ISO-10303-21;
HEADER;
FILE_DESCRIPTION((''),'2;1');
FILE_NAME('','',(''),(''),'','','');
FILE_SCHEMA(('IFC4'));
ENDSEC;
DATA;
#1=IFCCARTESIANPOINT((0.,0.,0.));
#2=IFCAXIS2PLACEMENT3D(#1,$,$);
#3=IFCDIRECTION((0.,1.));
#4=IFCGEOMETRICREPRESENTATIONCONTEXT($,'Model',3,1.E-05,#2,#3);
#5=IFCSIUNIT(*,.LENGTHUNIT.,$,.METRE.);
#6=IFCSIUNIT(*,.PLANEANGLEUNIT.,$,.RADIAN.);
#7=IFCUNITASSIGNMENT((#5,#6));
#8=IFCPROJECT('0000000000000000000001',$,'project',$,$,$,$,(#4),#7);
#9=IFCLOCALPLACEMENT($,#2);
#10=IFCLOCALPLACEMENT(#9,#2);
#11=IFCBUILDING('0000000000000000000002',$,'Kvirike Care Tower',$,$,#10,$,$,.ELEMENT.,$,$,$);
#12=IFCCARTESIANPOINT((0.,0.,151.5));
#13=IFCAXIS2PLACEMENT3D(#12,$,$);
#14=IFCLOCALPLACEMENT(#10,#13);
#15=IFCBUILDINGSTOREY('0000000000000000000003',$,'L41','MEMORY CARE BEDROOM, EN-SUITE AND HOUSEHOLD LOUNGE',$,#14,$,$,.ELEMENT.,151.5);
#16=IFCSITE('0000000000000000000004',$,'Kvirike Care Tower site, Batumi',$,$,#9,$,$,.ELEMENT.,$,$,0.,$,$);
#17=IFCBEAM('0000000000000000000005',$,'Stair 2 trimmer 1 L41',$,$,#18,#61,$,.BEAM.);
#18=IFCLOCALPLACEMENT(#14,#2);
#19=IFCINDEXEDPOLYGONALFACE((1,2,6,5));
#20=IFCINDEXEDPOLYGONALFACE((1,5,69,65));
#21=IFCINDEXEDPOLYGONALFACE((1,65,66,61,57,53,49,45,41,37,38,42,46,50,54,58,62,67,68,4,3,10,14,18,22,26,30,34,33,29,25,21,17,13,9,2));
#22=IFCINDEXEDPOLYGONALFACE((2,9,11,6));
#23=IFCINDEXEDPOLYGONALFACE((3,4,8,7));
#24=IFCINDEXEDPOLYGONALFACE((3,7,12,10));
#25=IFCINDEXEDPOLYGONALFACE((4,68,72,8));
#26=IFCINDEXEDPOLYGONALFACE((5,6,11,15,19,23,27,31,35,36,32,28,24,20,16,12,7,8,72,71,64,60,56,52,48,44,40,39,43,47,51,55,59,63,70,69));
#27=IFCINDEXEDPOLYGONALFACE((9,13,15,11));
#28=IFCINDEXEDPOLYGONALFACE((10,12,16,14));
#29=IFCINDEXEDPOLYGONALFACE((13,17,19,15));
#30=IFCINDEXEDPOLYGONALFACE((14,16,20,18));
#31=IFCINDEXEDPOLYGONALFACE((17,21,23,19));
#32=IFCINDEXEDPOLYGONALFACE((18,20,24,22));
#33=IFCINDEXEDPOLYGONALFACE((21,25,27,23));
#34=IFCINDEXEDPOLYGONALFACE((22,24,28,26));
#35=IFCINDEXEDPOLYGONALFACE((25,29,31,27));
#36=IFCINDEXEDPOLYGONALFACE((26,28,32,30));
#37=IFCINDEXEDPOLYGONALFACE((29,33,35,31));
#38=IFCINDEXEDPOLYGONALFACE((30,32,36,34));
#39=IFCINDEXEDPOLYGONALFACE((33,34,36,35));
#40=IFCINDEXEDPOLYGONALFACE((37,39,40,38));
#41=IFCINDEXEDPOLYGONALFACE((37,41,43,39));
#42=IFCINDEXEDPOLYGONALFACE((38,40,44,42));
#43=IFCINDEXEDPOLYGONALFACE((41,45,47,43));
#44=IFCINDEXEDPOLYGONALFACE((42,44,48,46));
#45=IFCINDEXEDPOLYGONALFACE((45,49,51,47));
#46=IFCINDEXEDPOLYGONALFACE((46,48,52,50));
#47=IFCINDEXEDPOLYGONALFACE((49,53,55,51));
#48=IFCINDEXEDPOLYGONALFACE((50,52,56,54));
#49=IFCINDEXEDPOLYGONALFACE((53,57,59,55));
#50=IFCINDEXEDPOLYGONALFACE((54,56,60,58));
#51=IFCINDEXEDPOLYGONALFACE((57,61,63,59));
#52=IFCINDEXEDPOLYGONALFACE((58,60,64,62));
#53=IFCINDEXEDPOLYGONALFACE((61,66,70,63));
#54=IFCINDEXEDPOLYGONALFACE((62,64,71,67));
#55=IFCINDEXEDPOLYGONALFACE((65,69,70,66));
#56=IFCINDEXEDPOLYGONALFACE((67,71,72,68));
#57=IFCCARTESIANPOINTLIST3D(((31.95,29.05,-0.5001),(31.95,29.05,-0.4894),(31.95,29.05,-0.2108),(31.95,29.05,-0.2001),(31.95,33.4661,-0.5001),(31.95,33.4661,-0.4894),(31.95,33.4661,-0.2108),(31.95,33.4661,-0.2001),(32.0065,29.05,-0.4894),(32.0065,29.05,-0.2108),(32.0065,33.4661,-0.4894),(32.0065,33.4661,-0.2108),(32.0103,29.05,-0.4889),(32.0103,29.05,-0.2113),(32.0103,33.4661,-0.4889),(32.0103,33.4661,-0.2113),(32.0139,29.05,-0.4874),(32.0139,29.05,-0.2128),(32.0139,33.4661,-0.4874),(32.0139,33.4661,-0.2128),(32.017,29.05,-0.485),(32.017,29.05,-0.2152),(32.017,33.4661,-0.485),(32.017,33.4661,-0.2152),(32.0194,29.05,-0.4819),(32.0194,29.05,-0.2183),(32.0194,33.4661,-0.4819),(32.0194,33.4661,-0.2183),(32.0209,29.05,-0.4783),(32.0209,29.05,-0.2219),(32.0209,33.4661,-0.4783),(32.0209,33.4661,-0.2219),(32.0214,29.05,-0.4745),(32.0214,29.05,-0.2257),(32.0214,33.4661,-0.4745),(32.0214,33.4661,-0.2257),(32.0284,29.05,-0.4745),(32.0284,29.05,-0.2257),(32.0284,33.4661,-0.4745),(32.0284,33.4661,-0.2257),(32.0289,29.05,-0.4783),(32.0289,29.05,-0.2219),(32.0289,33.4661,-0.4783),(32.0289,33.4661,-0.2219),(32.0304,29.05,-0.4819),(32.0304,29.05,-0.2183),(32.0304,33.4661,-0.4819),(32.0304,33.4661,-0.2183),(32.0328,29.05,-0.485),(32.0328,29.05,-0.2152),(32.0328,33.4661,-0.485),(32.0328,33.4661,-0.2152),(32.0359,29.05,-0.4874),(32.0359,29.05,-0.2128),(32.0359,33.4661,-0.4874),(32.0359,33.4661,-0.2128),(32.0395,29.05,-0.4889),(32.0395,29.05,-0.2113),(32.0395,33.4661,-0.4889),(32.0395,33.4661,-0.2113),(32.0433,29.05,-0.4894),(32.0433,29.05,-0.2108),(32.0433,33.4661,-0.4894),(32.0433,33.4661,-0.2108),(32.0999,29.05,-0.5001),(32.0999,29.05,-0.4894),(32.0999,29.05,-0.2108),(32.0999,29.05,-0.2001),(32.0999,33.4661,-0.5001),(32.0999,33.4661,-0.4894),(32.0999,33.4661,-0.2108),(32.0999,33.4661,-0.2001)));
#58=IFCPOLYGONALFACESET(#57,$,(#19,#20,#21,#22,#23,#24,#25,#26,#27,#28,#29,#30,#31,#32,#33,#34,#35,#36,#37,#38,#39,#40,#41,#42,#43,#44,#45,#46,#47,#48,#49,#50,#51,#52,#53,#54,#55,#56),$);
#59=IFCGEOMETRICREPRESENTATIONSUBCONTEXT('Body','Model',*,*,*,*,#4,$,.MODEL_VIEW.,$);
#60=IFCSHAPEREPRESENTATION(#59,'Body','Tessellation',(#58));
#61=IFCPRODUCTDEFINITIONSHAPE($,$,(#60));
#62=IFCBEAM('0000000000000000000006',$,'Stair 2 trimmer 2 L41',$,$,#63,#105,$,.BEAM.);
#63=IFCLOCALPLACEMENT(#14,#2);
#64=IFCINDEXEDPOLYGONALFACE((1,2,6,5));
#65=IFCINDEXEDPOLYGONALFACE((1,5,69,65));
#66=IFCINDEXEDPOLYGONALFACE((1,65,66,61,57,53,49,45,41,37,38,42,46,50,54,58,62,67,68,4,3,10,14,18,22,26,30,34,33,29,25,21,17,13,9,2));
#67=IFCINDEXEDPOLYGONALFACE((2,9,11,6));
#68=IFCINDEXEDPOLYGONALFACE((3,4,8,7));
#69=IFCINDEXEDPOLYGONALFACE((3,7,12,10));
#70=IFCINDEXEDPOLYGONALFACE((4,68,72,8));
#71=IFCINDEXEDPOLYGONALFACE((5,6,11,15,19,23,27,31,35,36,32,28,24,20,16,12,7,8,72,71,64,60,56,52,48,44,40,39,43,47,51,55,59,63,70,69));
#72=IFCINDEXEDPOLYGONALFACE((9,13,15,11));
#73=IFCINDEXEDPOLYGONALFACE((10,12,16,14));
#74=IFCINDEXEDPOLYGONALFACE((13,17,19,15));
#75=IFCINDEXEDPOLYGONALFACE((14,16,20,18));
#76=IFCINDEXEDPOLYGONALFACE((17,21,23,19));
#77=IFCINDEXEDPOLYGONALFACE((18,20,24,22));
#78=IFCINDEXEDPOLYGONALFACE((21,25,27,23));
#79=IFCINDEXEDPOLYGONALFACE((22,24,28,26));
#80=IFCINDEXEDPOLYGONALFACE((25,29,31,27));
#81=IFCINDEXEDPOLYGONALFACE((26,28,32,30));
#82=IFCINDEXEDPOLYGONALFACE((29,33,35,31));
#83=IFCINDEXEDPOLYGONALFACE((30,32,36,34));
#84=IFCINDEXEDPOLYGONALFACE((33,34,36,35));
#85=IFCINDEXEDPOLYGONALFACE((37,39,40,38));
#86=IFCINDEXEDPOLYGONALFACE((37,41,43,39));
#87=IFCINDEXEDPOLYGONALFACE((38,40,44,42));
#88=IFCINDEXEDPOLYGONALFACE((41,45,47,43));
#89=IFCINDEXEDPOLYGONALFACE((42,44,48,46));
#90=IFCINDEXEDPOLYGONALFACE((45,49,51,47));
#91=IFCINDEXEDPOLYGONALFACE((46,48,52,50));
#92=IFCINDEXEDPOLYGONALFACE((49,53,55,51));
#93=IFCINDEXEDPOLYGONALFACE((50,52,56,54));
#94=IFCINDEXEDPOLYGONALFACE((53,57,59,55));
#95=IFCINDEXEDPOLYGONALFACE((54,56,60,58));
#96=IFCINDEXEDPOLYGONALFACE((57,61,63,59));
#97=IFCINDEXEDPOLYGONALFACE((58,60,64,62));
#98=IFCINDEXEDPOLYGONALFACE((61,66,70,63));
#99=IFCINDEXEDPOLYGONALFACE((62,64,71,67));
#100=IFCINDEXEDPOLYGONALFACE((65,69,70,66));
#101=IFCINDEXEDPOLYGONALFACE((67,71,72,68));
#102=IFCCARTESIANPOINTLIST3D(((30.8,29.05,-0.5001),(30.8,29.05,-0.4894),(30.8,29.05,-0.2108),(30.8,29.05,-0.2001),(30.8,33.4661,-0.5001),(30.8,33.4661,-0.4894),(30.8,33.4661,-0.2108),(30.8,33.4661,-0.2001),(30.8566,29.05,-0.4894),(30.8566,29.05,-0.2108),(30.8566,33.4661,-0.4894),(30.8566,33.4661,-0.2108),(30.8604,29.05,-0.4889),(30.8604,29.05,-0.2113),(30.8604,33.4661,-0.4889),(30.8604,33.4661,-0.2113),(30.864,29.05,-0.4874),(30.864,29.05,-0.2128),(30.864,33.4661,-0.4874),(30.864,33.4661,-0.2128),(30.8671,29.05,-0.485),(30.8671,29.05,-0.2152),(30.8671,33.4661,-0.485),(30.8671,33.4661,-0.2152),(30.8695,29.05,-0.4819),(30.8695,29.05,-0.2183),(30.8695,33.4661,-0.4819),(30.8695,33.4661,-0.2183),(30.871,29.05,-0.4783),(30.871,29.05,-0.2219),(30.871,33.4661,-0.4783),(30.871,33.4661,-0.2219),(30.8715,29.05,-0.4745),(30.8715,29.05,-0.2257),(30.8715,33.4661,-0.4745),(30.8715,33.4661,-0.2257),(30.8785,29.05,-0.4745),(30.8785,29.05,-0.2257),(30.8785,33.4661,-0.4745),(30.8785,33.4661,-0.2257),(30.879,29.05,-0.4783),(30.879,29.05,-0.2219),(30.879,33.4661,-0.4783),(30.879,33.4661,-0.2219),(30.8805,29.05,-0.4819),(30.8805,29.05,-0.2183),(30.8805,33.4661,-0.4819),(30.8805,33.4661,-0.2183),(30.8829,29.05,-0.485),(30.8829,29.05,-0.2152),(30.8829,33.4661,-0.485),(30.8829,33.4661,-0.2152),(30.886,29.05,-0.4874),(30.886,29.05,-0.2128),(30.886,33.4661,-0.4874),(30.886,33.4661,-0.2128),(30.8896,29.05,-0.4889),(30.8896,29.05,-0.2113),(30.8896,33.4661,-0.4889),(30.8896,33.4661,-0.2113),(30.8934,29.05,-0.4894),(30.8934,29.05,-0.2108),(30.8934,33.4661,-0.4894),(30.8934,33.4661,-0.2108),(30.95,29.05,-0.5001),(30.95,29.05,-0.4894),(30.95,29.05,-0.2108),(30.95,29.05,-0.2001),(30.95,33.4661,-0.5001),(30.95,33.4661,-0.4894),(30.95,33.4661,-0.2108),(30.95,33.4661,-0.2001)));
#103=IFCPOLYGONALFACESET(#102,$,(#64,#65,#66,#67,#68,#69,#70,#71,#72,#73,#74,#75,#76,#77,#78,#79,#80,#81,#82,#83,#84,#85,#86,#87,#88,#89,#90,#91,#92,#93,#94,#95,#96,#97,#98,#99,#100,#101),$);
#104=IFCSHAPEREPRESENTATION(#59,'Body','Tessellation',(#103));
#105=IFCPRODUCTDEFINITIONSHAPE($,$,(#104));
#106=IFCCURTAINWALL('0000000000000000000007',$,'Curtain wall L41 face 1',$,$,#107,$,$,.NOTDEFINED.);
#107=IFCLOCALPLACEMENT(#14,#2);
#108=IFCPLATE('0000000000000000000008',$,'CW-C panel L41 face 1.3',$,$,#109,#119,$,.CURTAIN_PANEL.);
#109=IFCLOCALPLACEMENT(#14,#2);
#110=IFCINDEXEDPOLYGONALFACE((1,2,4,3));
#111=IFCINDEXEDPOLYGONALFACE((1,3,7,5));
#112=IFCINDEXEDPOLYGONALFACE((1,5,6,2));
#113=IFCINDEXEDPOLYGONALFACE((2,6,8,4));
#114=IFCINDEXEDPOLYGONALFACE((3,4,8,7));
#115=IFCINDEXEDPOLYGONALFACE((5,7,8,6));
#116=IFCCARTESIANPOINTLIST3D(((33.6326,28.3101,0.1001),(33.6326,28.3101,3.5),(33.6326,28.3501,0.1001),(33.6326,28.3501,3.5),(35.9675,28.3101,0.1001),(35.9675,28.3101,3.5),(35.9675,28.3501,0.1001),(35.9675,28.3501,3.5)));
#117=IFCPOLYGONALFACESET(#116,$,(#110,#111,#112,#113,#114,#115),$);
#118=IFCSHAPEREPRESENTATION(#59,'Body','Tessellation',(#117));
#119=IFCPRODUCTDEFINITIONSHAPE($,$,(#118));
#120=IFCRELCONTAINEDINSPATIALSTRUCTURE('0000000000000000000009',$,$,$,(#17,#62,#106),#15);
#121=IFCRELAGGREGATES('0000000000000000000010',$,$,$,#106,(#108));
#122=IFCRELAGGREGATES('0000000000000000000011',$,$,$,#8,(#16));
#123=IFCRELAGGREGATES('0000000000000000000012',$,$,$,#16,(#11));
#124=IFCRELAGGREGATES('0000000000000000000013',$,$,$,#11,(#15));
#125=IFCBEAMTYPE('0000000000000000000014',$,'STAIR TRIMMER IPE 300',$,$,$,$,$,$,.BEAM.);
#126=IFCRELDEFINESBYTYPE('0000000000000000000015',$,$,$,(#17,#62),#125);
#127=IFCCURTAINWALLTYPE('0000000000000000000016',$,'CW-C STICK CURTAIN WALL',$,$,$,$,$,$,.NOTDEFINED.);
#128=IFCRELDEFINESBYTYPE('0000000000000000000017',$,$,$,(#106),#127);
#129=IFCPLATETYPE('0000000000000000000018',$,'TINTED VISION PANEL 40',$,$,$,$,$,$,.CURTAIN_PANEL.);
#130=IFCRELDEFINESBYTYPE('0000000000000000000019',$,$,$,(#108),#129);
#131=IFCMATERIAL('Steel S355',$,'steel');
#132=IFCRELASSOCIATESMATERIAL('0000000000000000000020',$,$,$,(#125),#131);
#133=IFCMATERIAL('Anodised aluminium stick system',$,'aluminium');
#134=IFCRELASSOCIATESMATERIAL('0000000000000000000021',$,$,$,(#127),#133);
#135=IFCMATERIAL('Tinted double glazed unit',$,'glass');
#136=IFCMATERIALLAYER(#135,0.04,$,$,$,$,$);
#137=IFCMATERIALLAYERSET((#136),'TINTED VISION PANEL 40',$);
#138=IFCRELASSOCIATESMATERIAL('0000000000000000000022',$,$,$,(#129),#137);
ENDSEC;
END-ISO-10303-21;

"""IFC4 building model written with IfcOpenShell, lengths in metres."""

from ifc_helpers import new_model, si_unit, direction, frame, origin, origin_2d, place, context, subcontext, project, spatial, rectangle, i_section, extrude, material, layer, layer_set, material_profile, profile_set, type_object, element, aggregate, save


model = new_model("IFC4")

# Units and contexts
model_context = context("Model", 3, precision=1e-05, world=origin(), true_north=direction((0.0, 1.0)))
body_context = subcontext(model_context, "Body", "Model", "MODEL_VIEW")
ifc_project = project(units=[si_unit("LENGTHUNIT", "METRE"), si_unit("PLANEANGLEUNIT", "RADIAN")], contexts=[model_context])

# Site, building, storey
site_placement = place(None, origin())
site = spatial("IfcSite", under=ifc_project, at=site_placement, Name="Kvirike Care Tower site, Batumi", CompositionType="ELEMENT", RefElevation=0.0)
building_placement = place(site_placement, origin())
building = spatial("IfcBuilding", under=site, at=building_placement, Name="Kvirike Care Tower", CompositionType="ELEMENT")
storey_placement = place(building_placement, frame((0.0, 0.0, 151.5)))
storey = spatial("IfcBuildingStorey", under=building, at=storey_placement, Name="L41", Description="MEMORY CARE BEDROOM, EN-SUITE AND HOUSEHOLD LOUNGE", CompositionType="ELEMENT", Elevation=151.5)

# Beams
ifc_material_1 = material(Name="Steel S355", Category="steel")
ifc_material_profile_1 = material_profile(ifc_material_1, i_section(OverallWidth=0.1499, OverallDepth=0.3, WebThickness=0.0071, FlangeThickness=0.0107, FilletRadius=0.0149, at=origin_2d()), Name="IPE 300")
ifc_profile_set_1 = profile_set([ifc_material_profile_1], Name="Steel S355")
beam_type_1 = type_object("IfcBeamType", Name="STAIR TRIMMER IPE 300", PredefinedType="BEAM", material=ifc_profile_set_1)
for number, where, z_axis, x_axis, name in (
    (1, (32.0249, 29.05, -0.3501), (0.0, 1.0, 0.0), (-1.0, 0.0, 0.0), "Stair 2 trimmer 1 L41"),
    (2, (30.875, 29.05, -0.3501), (0.0, 1.0, 0.0), (-1.0, 0.0, 0.0), "Stair 2 trimmer 2 L41"),
):
    element("IfcBeam", number, at=place(storey_placement, frame(where, z_axis=z_axis, x_axis=x_axis)), inside=storey, type_object=beam_type_1, Name=name, PredefinedType="BEAM", context=body_context, shape_type="SweptSolid", body=[
        extrude(i_section(OverallWidth=0.1499, OverallDepth=0.3, WebThickness=0.0071, FlangeThickness=0.0107, FilletRadius=0.0149, at=origin_2d()), origin(), (0.0, 0.0, 1.0), 4.416),
    ])

# Curtain wall, plate
ifc_material_2 = material(Name="Anodised aluminium stick system", Category="aluminium")
curtain_wall_type = type_object("IfcCurtainWallType", Name="CW-C STICK CURTAIN WALL", PredefinedType="NOTDEFINED", material=ifc_material_2)
curtain_wall_placement = place(storey_placement, origin())
curtain_wall = element("IfcCurtainWall", 3, at=curtain_wall_placement, inside=storey, type_object=curtain_wall_type, Name="Curtain wall L41 face 1", PredefinedType="NOTDEFINED")
ifc_material_3 = material(Name="Tinted double glazed unit", Category="glass")
ifc_layer_1 = layer(ifc_material_3, 0.04)
ifc_layer_set_1 = layer_set([ifc_layer_1], Name="TINTED VISION PANEL 40")
plate_type = type_object("IfcPlateType", Name="TINTED VISION PANEL 40", PredefinedType="CURTAIN_PANEL", material=ifc_layer_set_1)
plate_placement = place(storey_placement, frame((34.8, 28.3301, 0.1001), z_axis=(0.0, 0.0, 1.0), x_axis=(1.0, 0.0, 0.0)))
plate = element("IfcPlate", 4, at=plate_placement, type_object=plate_type, Name="CW-C panel L41 face 1.3", PredefinedType="CURTAIN_PANEL", context=body_context, shape_type="SweptSolid", body=[
    extrude(rectangle(XDim=2.335, YDim=0.04, at=origin_2d()), origin(), (0.0, 0.0, 1.0), 3.3999),
])
aggregate(curtain_wall, [plate])

save(model, "model.ifc")
